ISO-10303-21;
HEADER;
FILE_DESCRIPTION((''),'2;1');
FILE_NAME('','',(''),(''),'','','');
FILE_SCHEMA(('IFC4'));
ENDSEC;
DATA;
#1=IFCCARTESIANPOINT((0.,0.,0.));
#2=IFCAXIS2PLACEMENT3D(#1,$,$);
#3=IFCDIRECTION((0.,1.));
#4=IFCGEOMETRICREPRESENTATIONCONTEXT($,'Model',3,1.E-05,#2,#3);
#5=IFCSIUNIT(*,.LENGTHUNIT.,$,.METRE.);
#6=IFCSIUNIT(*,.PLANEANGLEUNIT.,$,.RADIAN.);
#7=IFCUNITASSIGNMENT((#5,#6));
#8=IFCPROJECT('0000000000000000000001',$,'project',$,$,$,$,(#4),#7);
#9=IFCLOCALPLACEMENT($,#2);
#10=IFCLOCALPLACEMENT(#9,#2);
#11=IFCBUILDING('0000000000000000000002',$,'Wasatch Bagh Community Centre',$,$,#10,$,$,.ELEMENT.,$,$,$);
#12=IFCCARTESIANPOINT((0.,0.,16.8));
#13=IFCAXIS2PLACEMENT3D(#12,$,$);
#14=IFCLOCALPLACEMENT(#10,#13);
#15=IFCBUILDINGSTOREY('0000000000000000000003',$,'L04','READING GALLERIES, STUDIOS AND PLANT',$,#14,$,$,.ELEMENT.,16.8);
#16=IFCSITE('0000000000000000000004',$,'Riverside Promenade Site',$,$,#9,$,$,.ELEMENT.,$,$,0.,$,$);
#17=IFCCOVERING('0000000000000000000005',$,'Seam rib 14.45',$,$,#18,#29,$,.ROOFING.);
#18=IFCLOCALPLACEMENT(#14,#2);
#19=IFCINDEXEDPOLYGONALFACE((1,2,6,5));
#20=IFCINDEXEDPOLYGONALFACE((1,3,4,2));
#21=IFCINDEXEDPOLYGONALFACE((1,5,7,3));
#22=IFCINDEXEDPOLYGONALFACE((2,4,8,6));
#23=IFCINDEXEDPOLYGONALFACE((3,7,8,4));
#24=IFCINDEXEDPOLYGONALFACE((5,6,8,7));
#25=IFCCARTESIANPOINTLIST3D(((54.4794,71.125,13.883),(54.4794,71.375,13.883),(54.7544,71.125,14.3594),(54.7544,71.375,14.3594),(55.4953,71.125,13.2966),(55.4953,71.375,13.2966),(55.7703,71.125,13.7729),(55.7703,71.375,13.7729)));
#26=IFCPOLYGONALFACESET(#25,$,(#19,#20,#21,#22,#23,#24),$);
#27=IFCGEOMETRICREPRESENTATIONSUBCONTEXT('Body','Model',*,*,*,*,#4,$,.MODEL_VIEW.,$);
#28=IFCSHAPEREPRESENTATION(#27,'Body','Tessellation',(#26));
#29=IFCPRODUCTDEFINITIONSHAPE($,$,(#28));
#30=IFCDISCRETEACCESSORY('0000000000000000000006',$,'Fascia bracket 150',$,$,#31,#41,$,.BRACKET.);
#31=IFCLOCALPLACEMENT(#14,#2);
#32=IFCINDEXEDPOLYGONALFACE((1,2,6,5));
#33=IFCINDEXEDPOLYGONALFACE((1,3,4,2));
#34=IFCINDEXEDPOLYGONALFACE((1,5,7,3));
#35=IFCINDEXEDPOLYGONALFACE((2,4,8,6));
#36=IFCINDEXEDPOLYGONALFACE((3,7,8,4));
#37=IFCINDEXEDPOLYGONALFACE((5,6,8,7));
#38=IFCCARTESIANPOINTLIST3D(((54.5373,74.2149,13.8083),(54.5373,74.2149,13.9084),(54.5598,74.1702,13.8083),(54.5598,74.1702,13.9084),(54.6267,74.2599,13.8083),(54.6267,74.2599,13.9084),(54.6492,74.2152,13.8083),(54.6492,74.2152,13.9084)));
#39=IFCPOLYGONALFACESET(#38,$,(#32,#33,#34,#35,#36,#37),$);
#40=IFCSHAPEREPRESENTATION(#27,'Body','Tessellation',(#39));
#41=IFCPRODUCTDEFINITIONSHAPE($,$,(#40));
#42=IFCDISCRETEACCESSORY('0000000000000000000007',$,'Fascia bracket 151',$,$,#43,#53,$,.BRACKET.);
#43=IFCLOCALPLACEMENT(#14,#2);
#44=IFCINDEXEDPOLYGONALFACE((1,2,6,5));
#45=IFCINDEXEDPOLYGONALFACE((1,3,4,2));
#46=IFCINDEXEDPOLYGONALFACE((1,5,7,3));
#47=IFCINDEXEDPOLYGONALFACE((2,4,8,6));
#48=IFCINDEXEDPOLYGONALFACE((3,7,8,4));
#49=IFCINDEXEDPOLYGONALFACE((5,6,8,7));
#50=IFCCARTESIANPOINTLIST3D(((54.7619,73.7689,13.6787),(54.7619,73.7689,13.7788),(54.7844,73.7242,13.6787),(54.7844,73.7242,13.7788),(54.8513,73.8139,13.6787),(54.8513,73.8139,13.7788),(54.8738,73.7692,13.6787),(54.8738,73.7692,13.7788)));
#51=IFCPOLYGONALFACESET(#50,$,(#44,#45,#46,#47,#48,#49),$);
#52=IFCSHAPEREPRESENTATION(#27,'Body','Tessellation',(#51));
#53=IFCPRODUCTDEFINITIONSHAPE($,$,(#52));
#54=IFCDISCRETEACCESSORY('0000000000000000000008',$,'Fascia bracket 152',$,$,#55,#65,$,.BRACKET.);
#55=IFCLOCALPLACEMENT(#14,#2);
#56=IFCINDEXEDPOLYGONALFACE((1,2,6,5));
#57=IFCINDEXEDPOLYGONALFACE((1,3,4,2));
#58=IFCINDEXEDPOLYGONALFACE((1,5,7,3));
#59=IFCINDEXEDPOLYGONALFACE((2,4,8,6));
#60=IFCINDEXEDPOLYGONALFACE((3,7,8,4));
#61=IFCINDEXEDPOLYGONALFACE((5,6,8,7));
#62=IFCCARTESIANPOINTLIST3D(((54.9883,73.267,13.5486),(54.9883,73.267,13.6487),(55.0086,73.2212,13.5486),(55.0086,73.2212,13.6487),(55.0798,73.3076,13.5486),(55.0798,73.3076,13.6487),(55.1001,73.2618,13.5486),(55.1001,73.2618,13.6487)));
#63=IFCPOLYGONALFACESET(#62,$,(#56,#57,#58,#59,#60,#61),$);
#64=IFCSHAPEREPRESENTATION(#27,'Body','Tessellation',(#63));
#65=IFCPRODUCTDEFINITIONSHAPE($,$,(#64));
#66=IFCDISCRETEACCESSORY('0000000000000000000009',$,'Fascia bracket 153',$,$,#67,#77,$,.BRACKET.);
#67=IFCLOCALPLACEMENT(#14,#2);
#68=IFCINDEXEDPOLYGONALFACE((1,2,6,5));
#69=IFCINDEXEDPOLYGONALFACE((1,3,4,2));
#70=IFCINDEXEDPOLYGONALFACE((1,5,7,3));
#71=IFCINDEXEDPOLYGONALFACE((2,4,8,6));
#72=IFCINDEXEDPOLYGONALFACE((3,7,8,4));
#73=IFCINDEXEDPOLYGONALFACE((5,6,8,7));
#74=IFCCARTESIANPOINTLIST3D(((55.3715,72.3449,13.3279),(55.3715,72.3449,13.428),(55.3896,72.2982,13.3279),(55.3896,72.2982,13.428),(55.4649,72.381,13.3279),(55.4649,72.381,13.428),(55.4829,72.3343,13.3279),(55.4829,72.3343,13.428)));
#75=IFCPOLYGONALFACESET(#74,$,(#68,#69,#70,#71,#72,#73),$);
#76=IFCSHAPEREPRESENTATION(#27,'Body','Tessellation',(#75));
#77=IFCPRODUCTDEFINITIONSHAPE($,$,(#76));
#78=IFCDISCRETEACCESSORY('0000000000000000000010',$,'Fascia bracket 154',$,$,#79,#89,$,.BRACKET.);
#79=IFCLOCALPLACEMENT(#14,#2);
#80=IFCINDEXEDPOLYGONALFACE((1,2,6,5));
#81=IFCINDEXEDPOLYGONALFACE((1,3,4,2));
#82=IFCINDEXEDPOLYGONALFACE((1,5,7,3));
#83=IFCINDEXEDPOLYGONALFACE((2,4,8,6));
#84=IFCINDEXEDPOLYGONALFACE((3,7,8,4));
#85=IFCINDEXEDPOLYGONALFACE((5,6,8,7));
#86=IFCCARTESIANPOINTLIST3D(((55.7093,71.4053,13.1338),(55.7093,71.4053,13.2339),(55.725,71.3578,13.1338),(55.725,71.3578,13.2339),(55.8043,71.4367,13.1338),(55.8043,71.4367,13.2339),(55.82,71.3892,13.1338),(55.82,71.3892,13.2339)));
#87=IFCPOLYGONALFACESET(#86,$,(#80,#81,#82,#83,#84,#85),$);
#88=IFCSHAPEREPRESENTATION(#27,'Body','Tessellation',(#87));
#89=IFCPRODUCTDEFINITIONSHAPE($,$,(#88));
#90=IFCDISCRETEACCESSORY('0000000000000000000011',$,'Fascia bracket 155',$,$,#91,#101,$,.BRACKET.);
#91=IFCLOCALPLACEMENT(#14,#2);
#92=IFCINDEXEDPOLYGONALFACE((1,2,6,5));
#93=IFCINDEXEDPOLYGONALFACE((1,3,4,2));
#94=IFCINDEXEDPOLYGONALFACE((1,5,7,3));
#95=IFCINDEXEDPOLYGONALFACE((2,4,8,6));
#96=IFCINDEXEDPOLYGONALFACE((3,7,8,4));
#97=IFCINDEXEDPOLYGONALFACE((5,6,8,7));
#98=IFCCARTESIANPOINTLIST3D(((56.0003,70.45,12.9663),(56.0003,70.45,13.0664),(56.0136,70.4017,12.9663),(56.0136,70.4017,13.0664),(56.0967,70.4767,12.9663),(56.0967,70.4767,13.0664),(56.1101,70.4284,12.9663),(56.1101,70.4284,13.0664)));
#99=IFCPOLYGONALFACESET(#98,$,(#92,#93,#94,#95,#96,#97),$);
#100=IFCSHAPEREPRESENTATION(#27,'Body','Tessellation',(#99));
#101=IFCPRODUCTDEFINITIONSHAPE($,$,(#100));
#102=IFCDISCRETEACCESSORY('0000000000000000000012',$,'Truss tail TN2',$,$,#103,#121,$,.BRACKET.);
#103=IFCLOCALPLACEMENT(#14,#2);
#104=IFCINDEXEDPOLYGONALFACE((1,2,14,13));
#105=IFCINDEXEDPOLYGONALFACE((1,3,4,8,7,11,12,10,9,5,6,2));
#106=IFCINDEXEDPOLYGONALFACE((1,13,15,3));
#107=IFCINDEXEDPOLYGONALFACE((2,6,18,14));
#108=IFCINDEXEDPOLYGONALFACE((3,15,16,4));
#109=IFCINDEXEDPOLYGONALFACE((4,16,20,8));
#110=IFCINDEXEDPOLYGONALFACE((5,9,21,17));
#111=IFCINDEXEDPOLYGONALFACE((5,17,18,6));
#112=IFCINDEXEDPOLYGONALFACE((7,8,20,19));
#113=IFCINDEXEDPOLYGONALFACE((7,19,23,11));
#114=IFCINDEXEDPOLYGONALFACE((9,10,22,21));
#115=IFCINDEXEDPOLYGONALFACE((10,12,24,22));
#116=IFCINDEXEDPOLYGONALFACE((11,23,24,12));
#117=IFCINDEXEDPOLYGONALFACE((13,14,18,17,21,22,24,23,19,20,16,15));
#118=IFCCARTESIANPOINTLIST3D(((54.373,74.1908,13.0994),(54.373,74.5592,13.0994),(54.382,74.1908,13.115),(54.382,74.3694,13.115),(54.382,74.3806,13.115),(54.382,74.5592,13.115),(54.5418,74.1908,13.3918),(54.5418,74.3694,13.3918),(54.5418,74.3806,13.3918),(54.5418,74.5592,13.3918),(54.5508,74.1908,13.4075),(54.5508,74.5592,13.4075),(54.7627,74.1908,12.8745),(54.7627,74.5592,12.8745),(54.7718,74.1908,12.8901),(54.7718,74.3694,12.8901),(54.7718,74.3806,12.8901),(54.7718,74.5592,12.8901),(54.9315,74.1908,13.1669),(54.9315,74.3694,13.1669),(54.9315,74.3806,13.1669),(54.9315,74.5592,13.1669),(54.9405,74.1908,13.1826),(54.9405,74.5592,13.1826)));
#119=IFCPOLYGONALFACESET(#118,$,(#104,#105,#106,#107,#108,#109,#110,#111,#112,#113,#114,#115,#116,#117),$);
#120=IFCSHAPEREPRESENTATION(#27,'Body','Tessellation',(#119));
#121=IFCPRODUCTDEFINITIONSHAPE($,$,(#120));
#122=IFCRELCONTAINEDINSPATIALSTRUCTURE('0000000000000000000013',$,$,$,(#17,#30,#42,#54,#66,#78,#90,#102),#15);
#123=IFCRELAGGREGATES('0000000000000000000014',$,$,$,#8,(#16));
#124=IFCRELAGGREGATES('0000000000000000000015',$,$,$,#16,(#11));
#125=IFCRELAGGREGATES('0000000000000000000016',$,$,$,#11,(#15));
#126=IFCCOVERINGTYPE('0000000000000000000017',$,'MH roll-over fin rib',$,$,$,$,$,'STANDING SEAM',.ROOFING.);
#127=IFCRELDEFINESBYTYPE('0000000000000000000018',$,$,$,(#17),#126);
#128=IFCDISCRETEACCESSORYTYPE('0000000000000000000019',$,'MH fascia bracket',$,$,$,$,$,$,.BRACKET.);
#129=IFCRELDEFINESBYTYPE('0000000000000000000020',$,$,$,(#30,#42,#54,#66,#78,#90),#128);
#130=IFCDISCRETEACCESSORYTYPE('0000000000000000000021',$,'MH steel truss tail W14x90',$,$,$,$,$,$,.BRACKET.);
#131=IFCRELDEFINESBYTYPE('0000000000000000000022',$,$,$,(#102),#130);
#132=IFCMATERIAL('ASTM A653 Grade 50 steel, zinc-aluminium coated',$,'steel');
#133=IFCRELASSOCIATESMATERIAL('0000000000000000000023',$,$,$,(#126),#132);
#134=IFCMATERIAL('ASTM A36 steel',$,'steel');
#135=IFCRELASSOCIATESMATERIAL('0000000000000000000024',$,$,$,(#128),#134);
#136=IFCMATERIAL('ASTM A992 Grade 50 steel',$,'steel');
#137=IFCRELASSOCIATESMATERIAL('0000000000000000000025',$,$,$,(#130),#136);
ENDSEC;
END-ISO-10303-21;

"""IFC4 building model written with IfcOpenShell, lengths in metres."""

from ifc_helpers import new_model, si_unit, direction, frame, origin, origin_2d, place, context, subcontext, project, spatial, polyline, rectangle, i_section, outline, extrude, material, material_profile, profile_set, type_object, element, save


model = new_model("IFC4")

# Units and contexts
model_context = context("Model", 3, precision=1e-05, world=origin(), true_north=direction((0.0, 1.0)))
body_context = subcontext(model_context, "Body", "Model", "MODEL_VIEW")
ifc_project = project(units=[si_unit("LENGTHUNIT", "METRE"), si_unit("PLANEANGLEUNIT", "RADIAN")], contexts=[model_context])

# Site, building, storey
site_placement = place(None, origin())
site = spatial("IfcSite", under=ifc_project, at=site_placement, Name="Riverside Promenade Site", CompositionType="ELEMENT", RefElevation=0.0)
building_placement = place(site_placement, origin())
building = spatial("IfcBuilding", under=site, at=building_placement, Name="Wasatch Bagh Community Centre", CompositionType="ELEMENT")
storey_placement = place(building_placement, frame((0.0, 0.0, 16.8)))
storey = spatial("IfcBuildingStorey", under=building, at=storey_placement, Name="L04", Description="READING GALLERIES, STUDIOS AND PLANT", CompositionType="ELEMENT", Elevation=16.8)

# Covering
ifc_material_1 = material(Name="ASTM A653 Grade 50 steel, zinc-aluminium coated", Category="steel")
covering_type_1 = type_object("IfcCoveringType", Name="MH roll-over fin rib", ElementType="STANDING SEAM", PredefinedType="ROOFING", material=ifc_material_1)
covering_1_placement = place(storey_placement, frame((54.7544, 71.125, 14.3594), z_axis=(0.499945, 0.0, 0.866057), x_axis=(0.866057, 0.0, -0.499945)))
element("IfcCovering", 1, at=covering_1_placement, inside=storey, type_object=covering_type_1, Name="Seam rib 14.45", PredefinedType="ROOFING", context=body_context, shape_type="SweptSolid", body=[
    extrude(outline(polyline([(0.0, 0.0), (1.173, 0.0), (1.173, 0.25), (0.0, 0.25), (0.0, 0.0)])), origin(), (0.0, 0.0, -1.0), 0.55),
])

# Discrete accessories
ifc_material_2 = material(Name="ASTM A36 steel", Category="steel")
discrete_accessory_type_1 = type_object("IfcDiscreteAccessoryType", Name="MH fascia bracket", PredefinedType="BRACKET", material=ifc_material_2)
for number, where, z_axis, x_axis, name in (
    (2, (54.5933, 74.2151, 13.8083), (0.0, 0.0, 1.0), (0.893224, 0.449611, 0.0), "Fascia bracket 150"),
    (3, (54.8179, 73.769, 13.6787), (0.0, 0.0, 1.0), (0.893224, 0.449611, 0.0), "Fascia bracket 151"),
    (4, (55.0442, 73.2644, 13.5486), (0.0, 0.0, 1.0), (0.91421, 0.405241, 0.0), "Fascia bracket 152"),
    (5, (55.4272, 72.3396, 13.3279), (0.0, 0.0, 1.0), (0.932993, 0.359895, 0.0), "Fascia bracket 153"),
    (6, (55.7646, 71.3972, 13.1338), (0.0, 0.0, 1.0), (0.949528, 0.313682, 0.0), "Fascia bracket 154"),
    (7, (56.0552, 70.4392, 12.9663), (0.0, 0.0, 1.0), (0.963776, 0.266713, 0.0), "Fascia bracket 155"),
):
    element("IfcDiscreteAccessory", number, at=place(storey_placement, frame(where, z_axis=z_axis, x_axis=x_axis)), inside=storey, type_object=discrete_accessory_type_1, Name=name, PredefinedType="BRACKET", context=body_context, shape_type="SweptSolid", body=[
        extrude(rectangle(XDim=0.1001, YDim=0.05, at=origin_2d()), origin(), (0.0, 0.0, 1.0), 0.1001),
    ])
ifc_material_3 = material(Name="ASTM A992 Grade 50 steel", Category="steel")
ifc_material_profile_1 = material_profile(ifc_material_3, i_section(OverallWidth=0.3684, OverallDepth=0.3557, WebThickness=0.0112, FlangeThickness=0.0181, at=origin_2d()), Name="W14x90")
ifc_profile_set_1 = profile_set([ifc_material_profile_1], Name="ASTM A992 Grade 50 steel")
discrete_accessory_type_2 = type_object("IfcDiscreteAccessoryType", Name="MH steel truss tail W14x90", PredefinedType="BRACKET", material=ifc_profile_set_1)
discrete_accessory_placement = place(storey_placement, frame((54.4619, 74.375, 13.2534), z_axis=(0.866131, 0.0, -0.499816), x_axis=(0.0, 1.0, 0.0)))
element("IfcDiscreteAccessory", 8, at=discrete_accessory_placement, inside=storey, type_object=discrete_accessory_type_2, Name="Truss tail TN2", PredefinedType="BRACKET", context=body_context, shape_type="SweptSolid", body=[
    extrude(i_section(OverallWidth=0.3684, OverallDepth=0.3557, WebThickness=0.0112, FlangeThickness=0.0181, at=origin_2d()), origin(), (0.0, 0.0, 1.0), 0.45),
])

save(model, "model.ifc")
